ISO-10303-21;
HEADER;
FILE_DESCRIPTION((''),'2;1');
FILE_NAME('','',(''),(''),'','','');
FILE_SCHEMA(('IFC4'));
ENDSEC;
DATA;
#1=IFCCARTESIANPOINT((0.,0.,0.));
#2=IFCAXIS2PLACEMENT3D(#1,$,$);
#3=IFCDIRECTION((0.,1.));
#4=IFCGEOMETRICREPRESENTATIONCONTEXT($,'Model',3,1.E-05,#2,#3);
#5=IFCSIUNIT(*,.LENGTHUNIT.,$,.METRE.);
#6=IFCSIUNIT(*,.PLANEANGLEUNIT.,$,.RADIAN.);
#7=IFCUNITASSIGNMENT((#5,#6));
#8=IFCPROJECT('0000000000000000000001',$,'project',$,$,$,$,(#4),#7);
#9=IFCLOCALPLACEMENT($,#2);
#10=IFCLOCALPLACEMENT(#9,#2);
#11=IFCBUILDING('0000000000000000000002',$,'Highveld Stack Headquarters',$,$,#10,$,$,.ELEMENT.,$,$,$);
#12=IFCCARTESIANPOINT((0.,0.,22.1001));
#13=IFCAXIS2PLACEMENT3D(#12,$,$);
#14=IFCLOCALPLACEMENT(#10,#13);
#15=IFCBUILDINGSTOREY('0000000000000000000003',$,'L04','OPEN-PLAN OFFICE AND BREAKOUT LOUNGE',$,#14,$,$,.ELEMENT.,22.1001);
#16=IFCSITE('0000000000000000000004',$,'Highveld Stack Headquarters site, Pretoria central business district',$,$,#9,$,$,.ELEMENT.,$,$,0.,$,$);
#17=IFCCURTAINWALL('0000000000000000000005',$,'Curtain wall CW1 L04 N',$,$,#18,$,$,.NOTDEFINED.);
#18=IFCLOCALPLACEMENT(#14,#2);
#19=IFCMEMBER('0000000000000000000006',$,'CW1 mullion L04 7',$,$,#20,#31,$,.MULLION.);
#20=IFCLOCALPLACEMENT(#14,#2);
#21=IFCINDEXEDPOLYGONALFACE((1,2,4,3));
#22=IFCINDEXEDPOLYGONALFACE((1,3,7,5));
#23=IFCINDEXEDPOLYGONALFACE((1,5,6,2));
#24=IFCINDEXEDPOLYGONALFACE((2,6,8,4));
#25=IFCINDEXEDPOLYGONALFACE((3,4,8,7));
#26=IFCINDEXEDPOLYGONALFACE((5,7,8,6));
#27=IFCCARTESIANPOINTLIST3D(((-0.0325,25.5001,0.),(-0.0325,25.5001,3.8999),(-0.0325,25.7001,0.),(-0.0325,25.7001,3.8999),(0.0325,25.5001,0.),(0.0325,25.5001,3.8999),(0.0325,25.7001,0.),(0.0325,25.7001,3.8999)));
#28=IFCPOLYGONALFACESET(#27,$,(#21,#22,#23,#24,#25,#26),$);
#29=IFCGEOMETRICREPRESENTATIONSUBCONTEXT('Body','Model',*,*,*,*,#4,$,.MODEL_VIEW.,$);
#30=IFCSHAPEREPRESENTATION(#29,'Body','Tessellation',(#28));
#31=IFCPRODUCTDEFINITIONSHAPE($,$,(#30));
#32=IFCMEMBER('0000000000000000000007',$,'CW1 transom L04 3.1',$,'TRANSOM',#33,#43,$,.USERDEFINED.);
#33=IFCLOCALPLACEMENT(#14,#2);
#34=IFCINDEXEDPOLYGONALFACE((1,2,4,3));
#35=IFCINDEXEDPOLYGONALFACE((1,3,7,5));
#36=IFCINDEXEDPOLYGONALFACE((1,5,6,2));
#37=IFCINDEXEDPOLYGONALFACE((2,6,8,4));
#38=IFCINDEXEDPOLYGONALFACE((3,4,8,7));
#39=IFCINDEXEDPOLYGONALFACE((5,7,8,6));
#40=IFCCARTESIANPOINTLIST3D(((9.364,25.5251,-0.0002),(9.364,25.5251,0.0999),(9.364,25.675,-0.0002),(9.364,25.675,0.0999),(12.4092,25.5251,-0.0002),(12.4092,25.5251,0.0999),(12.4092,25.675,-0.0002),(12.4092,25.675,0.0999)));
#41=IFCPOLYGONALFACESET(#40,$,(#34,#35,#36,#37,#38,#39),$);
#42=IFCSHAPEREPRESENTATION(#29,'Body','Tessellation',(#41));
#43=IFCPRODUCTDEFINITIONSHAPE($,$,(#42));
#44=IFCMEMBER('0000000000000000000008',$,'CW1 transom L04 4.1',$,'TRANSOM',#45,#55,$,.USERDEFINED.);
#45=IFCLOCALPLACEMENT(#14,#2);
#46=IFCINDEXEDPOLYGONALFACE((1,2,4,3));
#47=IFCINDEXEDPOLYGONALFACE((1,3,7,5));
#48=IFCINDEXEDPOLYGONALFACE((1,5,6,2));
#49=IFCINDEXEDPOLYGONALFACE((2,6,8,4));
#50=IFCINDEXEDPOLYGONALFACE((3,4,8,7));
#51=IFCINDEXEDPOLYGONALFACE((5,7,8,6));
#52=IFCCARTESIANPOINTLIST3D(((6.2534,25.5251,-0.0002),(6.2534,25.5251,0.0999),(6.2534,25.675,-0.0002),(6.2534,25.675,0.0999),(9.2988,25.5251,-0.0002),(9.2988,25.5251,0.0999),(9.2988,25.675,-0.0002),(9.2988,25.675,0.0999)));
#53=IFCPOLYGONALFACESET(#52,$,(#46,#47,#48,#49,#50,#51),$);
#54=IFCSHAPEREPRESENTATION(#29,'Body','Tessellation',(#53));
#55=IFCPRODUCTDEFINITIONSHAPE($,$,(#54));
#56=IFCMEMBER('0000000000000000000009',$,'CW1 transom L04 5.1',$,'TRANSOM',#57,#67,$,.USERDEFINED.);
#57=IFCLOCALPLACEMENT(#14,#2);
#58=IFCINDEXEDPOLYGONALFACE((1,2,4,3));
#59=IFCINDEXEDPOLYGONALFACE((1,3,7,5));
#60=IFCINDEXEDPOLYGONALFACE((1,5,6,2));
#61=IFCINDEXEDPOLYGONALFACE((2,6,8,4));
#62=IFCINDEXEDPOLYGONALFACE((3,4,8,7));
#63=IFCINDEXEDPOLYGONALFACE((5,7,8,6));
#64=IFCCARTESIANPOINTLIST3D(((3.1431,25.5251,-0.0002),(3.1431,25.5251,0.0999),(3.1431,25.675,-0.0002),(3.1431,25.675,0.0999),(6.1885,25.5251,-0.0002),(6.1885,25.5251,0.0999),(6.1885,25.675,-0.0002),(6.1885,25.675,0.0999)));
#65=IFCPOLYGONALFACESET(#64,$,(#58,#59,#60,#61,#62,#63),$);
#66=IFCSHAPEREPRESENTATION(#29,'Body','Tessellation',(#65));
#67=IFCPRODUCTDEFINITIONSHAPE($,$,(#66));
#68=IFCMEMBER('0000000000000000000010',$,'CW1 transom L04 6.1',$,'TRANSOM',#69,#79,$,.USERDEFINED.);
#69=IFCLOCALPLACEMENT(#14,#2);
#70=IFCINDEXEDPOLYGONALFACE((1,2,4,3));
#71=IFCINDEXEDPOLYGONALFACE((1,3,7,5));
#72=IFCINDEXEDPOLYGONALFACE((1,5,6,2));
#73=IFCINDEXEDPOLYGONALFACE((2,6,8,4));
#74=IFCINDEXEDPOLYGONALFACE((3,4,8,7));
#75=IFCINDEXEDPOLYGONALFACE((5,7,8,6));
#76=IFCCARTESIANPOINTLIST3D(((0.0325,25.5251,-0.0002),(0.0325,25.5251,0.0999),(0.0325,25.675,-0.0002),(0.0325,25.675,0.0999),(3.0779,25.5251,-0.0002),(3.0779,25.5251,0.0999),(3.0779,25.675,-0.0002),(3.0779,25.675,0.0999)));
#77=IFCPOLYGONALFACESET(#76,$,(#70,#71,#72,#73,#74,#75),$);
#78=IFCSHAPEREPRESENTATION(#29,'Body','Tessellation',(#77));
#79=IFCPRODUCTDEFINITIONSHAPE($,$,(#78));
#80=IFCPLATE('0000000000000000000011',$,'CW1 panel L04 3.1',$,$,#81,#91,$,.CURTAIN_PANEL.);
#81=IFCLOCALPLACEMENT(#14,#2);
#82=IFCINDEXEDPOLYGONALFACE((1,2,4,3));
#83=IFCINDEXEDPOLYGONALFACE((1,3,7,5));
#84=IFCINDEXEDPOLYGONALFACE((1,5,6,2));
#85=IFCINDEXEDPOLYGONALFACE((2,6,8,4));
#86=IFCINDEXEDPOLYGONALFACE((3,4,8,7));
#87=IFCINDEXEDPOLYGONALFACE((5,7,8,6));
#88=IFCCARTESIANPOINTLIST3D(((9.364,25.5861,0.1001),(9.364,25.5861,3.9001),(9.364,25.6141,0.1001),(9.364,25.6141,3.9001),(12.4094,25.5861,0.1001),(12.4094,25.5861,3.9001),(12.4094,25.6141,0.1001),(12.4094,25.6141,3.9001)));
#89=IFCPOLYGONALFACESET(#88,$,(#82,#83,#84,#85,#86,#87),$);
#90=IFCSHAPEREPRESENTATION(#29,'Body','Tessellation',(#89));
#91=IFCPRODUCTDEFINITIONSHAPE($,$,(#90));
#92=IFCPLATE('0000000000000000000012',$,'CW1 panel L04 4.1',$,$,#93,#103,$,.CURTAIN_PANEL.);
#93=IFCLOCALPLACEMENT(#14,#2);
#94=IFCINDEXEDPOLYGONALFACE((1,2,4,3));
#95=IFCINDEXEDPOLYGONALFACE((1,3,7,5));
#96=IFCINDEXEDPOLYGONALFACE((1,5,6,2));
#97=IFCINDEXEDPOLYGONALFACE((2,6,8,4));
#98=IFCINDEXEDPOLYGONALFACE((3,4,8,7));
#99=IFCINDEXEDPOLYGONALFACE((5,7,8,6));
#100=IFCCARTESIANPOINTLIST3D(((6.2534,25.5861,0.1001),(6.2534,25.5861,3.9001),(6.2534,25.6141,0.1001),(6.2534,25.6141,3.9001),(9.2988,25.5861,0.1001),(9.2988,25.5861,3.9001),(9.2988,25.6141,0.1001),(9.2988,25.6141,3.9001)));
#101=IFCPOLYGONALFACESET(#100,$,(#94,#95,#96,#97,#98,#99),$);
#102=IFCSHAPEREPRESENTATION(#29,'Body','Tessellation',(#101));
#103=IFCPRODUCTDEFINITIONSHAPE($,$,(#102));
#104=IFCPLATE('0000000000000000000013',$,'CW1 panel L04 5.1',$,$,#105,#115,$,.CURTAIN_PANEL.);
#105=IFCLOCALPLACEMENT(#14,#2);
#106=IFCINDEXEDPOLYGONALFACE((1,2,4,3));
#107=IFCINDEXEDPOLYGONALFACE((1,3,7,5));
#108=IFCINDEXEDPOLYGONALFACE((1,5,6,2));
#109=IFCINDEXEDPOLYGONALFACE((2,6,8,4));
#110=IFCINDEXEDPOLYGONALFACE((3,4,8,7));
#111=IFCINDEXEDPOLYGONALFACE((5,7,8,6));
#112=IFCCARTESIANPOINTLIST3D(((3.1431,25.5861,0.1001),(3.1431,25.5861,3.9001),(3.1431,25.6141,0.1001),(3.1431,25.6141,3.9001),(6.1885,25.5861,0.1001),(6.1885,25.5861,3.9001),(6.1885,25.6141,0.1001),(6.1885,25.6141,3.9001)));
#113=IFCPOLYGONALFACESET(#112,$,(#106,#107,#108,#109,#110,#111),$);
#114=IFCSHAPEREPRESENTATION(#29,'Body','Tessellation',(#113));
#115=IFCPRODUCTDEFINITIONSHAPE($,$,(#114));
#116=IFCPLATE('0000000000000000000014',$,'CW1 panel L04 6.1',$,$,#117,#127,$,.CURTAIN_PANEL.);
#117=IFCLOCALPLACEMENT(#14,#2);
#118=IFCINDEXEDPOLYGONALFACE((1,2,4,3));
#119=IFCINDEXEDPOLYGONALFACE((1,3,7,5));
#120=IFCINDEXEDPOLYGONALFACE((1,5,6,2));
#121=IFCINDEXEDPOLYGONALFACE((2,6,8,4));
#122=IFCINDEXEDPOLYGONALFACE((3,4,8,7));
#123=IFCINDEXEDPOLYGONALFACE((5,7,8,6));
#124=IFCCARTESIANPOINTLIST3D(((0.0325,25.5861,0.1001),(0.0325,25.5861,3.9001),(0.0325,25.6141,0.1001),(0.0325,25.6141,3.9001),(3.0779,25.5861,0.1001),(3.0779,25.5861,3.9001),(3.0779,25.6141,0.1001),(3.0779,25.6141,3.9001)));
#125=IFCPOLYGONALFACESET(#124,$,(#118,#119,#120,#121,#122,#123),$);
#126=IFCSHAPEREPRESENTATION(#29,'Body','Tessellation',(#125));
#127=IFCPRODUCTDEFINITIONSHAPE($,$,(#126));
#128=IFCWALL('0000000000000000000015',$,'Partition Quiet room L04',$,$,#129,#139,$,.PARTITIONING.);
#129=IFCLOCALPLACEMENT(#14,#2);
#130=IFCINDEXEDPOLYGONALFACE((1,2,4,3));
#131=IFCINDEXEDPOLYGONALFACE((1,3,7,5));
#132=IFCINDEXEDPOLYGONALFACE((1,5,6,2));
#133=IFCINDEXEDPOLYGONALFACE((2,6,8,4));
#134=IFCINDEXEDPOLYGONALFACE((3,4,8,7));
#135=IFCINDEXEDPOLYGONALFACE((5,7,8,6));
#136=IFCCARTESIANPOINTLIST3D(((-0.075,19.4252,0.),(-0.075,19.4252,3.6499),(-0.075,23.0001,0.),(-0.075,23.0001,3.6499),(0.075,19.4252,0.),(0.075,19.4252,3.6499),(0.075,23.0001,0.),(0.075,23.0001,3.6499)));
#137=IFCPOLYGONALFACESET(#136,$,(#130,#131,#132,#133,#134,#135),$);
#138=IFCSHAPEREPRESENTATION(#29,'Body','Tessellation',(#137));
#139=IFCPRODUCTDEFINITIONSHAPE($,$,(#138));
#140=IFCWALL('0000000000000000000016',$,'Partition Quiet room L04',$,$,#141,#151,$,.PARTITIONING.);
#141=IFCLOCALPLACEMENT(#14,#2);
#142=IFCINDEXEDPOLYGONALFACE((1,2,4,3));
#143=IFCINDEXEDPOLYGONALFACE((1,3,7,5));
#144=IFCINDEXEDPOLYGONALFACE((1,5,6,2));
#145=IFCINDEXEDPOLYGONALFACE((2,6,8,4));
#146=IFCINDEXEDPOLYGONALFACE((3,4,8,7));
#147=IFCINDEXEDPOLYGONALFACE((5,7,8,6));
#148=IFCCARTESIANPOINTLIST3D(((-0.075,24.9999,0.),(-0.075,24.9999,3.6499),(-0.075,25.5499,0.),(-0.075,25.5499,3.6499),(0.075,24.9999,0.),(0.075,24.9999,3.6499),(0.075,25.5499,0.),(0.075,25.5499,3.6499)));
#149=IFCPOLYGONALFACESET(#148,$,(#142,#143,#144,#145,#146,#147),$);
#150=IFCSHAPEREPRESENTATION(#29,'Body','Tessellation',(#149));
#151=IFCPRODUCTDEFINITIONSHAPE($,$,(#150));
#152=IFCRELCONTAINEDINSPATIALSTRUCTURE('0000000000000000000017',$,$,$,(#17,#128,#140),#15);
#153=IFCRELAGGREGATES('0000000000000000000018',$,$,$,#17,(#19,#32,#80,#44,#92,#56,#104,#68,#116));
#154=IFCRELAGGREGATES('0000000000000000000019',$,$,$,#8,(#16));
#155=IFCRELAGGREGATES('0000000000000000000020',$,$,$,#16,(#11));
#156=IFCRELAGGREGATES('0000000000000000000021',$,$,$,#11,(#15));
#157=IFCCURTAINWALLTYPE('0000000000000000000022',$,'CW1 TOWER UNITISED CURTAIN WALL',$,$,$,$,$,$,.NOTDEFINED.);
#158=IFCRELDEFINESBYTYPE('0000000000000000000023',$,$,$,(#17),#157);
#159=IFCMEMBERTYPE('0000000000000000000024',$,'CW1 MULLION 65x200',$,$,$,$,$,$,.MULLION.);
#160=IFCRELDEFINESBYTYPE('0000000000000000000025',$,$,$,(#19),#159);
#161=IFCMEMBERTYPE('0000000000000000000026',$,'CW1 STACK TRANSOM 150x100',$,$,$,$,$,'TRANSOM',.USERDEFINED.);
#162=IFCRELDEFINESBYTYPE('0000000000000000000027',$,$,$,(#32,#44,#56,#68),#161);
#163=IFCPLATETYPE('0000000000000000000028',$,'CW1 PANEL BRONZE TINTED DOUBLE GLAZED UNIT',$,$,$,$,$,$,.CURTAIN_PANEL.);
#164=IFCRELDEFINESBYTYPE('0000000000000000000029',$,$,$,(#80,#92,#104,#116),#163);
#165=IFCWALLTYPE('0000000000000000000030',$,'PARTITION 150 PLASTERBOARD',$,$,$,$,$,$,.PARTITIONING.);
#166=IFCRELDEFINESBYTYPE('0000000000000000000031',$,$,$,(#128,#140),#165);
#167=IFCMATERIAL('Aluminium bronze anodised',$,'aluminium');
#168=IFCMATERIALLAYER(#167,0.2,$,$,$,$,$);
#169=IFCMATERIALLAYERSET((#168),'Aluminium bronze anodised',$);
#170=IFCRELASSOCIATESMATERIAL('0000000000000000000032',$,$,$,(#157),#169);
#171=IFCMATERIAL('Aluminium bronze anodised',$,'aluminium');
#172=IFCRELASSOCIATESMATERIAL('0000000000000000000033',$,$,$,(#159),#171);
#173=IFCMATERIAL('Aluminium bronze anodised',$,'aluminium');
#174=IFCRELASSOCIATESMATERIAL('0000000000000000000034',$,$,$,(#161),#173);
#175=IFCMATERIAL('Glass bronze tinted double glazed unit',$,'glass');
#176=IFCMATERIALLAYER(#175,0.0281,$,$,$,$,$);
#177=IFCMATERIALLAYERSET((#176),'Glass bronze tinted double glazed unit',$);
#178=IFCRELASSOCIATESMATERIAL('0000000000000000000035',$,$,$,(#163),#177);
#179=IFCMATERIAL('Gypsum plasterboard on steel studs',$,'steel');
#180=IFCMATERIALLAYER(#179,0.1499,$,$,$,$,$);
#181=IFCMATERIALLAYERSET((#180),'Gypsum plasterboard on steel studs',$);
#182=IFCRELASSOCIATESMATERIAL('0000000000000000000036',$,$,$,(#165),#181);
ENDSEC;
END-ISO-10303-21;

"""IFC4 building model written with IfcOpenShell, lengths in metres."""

from ifc_helpers import new_model, si_unit, direction, frame, frame_2d, origin, origin_2d, place, context, subcontext, project, spatial, rectangle, extrude, material, layer, layer_set, material_profile, profile_set, type_object, element, aggregate, save


model = new_model("IFC4")

# Units and contexts
model_context = context("Model", 3, precision=1e-05, world=origin(), true_north=direction((0.0, 1.0)))
body_context = subcontext(model_context, "Body", "Model", "MODEL_VIEW")
ifc_project = project(units=[si_unit("LENGTHUNIT", "METRE"), si_unit("PLANEANGLEUNIT", "RADIAN")], contexts=[model_context])

# Site, building, storey
site_placement = place(None, origin())
site = spatial("IfcSite", under=ifc_project, at=site_placement, Name="Highveld Stack Headquarters site, Pretoria central business district", CompositionType="ELEMENT", RefElevation=0.0)
building_placement = place(site_placement, origin())
building = spatial("IfcBuilding", under=site, at=building_placement, Name="Highveld Stack Headquarters", CompositionType="ELEMENT")
storey_placement = place(building_placement, frame((0.0, 0.0, 22.1001)))
storey = spatial("IfcBuildingStorey", under=building, at=storey_placement, Name="L04", Description="OPEN-PLAN OFFICE AND BREAKOUT LOUNGE", CompositionType="ELEMENT", Elevation=22.1001)

# Curtain wall, members, plates
ifc_material_1 = material(Name="Aluminium bronze anodised", Category="aluminium")
ifc_layer_1 = layer(ifc_material_1, 0.2)
ifc_layer_set_1 = layer_set([ifc_layer_1], Name="Aluminium bronze anodised")
curtain_wall_type = type_object("IfcCurtainWallType", Name="CW1 TOWER UNITISED CURTAIN WALL", PredefinedType="NOTDEFINED", material=ifc_layer_set_1)
curtain_wall_placement = place(storey_placement, origin())
curtain_wall = element("IfcCurtainWall", 1, at=curtain_wall_placement, inside=storey, type_object=curtain_wall_type, Name="Curtain wall CW1 L04 N", PredefinedType="NOTDEFINED")
ifc_material_2 = material(Name="Aluminium bronze anodised", Category="aluminium")
ifc_material_profile_1 = material_profile(ifc_material_2, rectangle(XDim=0.2, YDim=0.0649, at=origin_2d()), Name="CW1 MULLION 65x200")
ifc_profile_set_1 = profile_set([ifc_material_profile_1], Name="Aluminium bronze anodised")
member_type_1 = type_object("IfcMemberType", Name="CW1 MULLION 65x200", PredefinedType="MULLION", material=ifc_profile_set_1)
member_1_placement = place(storey_placement, frame((0.0, 25.6001, 0.0), z_axis=(0.0, 0.0, 1.0), x_axis=(0.0, -1.0, 0.0)))
member_1 = element("IfcMember", 2, at=member_1_placement, type_object=member_type_1, Name="CW1 mullion L04 7", PredefinedType="MULLION", context=body_context, shape_type="SweptSolid", body=[
    extrude(rectangle(XDim=0.2, YDim=0.0649, at=origin_2d()), origin(), (0.0, 0.0, 1.0), 3.8999),
])
ifc_material_3 = material(Name="Aluminium bronze anodised", Category="aluminium")
ifc_material_profile_2 = material_profile(ifc_material_3, rectangle(XDim=0.1499, YDim=0.1001, at=origin_2d()), Name="CW1 TRANSOM 150x100")
ifc_profile_set_2 = profile_set([ifc_material_profile_2], Name="Aluminium bronze anodised")
member_type_2 = type_object("IfcMemberType", Name="CW1 STACK TRANSOM 150x100", ElementType="TRANSOM", PredefinedType="USERDEFINED", material=ifc_profile_set_2)
member_2_placement = place(storey_placement, frame((12.4092, 25.6001, 0.0498), z_axis=(-1.0, 0.0, 0.0), x_axis=(0.0, -1.0, 0.0)))
member_2 = element("IfcMember", 3, at=member_2_placement, type_object=member_type_2, Name="CW1 transom L04 3.1", ObjectType="TRANSOM", PredefinedType="USERDEFINED", context=body_context, shape_type="SweptSolid", body=[
    extrude(rectangle(XDim=0.1499, YDim=0.1001, at=origin_2d()), origin(), (0.0, 0.0, 1.0), 3.0452),
])
member_3_placement = place(storey_placement, frame((9.2988, 25.6001, 0.0498), z_axis=(-1.0, 0.0, 0.0), x_axis=(0.0, -1.0, 0.0)))
member_3 = element("IfcMember", 4, at=member_3_placement, type_object=member_type_2, Name="CW1 transom L04 4.1", ObjectType="TRANSOM", PredefinedType="USERDEFINED", context=body_context, shape_type="SweptSolid", body=[
    extrude(rectangle(XDim=0.1499, YDim=0.1001, at=origin_2d()), origin(), (0.0, 0.0, 1.0), 3.0454),
])
member_4_placement = place(storey_placement, frame((6.1885, 25.6001, 0.0498), z_axis=(-1.0, 0.0, 0.0), x_axis=(0.0, -1.0, 0.0)))
member_4 = element("IfcMember", 5, at=member_4_placement, type_object=member_type_2, Name="CW1 transom L04 5.1", ObjectType="TRANSOM", PredefinedType="USERDEFINED", context=body_context, shape_type="SweptSolid", body=[
    extrude(rectangle(XDim=0.1499, YDim=0.1001, at=origin_2d()), origin(), (0.0, 0.0, 1.0), 3.0454),
])
member_5_placement = place(storey_placement, frame((3.0779, 25.6001, 0.0498), z_axis=(-1.0, 0.0, 0.0), x_axis=(0.0, -1.0, 0.0)))
member_5 = element("IfcMember", 6, at=member_5_placement, type_object=member_type_2, Name="CW1 transom L04 6.1", ObjectType="TRANSOM", PredefinedType="USERDEFINED", context=body_context, shape_type="SweptSolid", body=[
    extrude(rectangle(XDim=0.1499, YDim=0.1001, at=origin_2d()), origin(), (0.0, 0.0, 1.0), 3.0454),
])
ifc_material_4 = material(Name="Glass bronze tinted double glazed unit", Category="glass")
ifc_layer_2 = layer(ifc_material_4, 0.0281)
ifc_layer_set_2 = layer_set([ifc_layer_2], Name="Glass bronze tinted double glazed unit")
plate_type = type_object("IfcPlateType", Name="CW1 PANEL BRONZE TINTED DOUBLE GLAZED UNIT", PredefinedType="CURTAIN_PANEL", material=ifc_layer_set_2)
plate_1_placement = place(storey_placement, frame((10.8867, 25.6001, 0.1001), z_axis=(0.0, 0.0, 1.0), x_axis=(-1.0, 0.0, 0.0)))
plate_1 = element("IfcPlate", 7, at=plate_1_placement, type_object=plate_type, Name="CW1 panel L04 3.1", PredefinedType="CURTAIN_PANEL", context=body_context, shape_type="SweptSolid", body=[
    extrude(rectangle(XDim=3.0454, YDim=0.0281, at=origin_2d()), origin(), (0.0, 0.0, 1.0), 3.8),
])
plate_2_placement = place(storey_placement, frame((7.7761, 25.6001, 0.1001), z_axis=(0.0, 0.0, 1.0), x_axis=(-1.0, 0.0, 0.0)))
plate_2 = element("IfcPlate", 8, at=plate_2_placement, type_object=plate_type, Name="CW1 panel L04 4.1", PredefinedType="CURTAIN_PANEL", context=body_context, shape_type="SweptSolid", body=[
    extrude(rectangle(XDim=3.0454, YDim=0.0281, at=origin_2d()), origin(), (0.0, 0.0, 1.0), 3.8),
])
plate_3_placement = place(storey_placement, frame((4.6658, 25.6001, 0.1001), z_axis=(0.0, 0.0, 1.0), x_axis=(-1.0, 0.0, 0.0)))
plate_3 = element("IfcPlate", 9, at=plate_3_placement, type_object=plate_type, Name="CW1 panel L04 5.1", PredefinedType="CURTAIN_PANEL", context=body_context, shape_type="SweptSolid", body=[
    extrude(rectangle(XDim=3.0454, YDim=0.0281, at=origin_2d()), origin(), (0.0, 0.0, 1.0), 3.8),
])
plate_4_placement = place(storey_placement, frame((1.5552, 25.6001, 0.1001), z_axis=(0.0, 0.0, 1.0), x_axis=(-1.0, 0.0, 0.0)))
plate_4 = element("IfcPlate", 10, at=plate_4_placement, type_object=plate_type, Name="CW1 panel L04 6.1", PredefinedType="CURTAIN_PANEL", context=body_context, shape_type="SweptSolid", body=[
    extrude(rectangle(XDim=3.0454, YDim=0.0281, at=origin_2d()), origin(), (0.0, 0.0, 1.0), 3.8),
])
aggregate(curtain_wall, [member_1, member_2, plate_1, member_3, plate_2, member_4, plate_3, member_5, plate_4])

# Walls
ifc_material_5 = material(Name="Gypsum plasterboard on steel studs", Category="steel")
ifc_layer_3 = layer(ifc_material_5, 0.1499)
ifc_layer_set_3 = layer_set([ifc_layer_3], Name="Gypsum plasterboard on steel studs")
wall_type = type_object("IfcWallType", Name="PARTITION 150 PLASTERBOARD", PredefinedType="PARTITIONING", material=ifc_layer_set_3)
wall_1_placement = place(storey_placement, frame((0.0, 19.425, 0.0), z_axis=(0.0, 0.0, 1.0), x_axis=(0.0, 1.0, 0.0)))
element("IfcWall", 11, at=wall_1_placement, inside=storey, type_object=wall_type, Name="Partition Quiet room L04", PredefinedType="PARTITIONING", context=body_context, shape_type="SweptSolid", body=[
    extrude(rectangle(XDim=3.575, YDim=0.1499, at=frame_2d((1.7876, 0.0))), origin(), (0.0, 0.0, 1.0), 3.6499),
])
wall_2_placement = place(storey_placement, frame((0.0, 25.0, 0.0), z_axis=(0.0, 0.0, 1.0), x_axis=(0.0, 1.0, 0.0)))
element("IfcWall", 12, at=wall_2_placement, inside=storey, type_object=wall_type, Name="Partition Quiet room L04", PredefinedType="PARTITIONING", context=body_context, shape_type="SweptSolid", body=[
    extrude(rectangle(XDim=0.55, YDim=0.1499, at=frame_2d((0.2749, 0.0))), origin(), (0.0, 0.0, 1.0), 3.6499),
])

save(model, "model.ifc")
